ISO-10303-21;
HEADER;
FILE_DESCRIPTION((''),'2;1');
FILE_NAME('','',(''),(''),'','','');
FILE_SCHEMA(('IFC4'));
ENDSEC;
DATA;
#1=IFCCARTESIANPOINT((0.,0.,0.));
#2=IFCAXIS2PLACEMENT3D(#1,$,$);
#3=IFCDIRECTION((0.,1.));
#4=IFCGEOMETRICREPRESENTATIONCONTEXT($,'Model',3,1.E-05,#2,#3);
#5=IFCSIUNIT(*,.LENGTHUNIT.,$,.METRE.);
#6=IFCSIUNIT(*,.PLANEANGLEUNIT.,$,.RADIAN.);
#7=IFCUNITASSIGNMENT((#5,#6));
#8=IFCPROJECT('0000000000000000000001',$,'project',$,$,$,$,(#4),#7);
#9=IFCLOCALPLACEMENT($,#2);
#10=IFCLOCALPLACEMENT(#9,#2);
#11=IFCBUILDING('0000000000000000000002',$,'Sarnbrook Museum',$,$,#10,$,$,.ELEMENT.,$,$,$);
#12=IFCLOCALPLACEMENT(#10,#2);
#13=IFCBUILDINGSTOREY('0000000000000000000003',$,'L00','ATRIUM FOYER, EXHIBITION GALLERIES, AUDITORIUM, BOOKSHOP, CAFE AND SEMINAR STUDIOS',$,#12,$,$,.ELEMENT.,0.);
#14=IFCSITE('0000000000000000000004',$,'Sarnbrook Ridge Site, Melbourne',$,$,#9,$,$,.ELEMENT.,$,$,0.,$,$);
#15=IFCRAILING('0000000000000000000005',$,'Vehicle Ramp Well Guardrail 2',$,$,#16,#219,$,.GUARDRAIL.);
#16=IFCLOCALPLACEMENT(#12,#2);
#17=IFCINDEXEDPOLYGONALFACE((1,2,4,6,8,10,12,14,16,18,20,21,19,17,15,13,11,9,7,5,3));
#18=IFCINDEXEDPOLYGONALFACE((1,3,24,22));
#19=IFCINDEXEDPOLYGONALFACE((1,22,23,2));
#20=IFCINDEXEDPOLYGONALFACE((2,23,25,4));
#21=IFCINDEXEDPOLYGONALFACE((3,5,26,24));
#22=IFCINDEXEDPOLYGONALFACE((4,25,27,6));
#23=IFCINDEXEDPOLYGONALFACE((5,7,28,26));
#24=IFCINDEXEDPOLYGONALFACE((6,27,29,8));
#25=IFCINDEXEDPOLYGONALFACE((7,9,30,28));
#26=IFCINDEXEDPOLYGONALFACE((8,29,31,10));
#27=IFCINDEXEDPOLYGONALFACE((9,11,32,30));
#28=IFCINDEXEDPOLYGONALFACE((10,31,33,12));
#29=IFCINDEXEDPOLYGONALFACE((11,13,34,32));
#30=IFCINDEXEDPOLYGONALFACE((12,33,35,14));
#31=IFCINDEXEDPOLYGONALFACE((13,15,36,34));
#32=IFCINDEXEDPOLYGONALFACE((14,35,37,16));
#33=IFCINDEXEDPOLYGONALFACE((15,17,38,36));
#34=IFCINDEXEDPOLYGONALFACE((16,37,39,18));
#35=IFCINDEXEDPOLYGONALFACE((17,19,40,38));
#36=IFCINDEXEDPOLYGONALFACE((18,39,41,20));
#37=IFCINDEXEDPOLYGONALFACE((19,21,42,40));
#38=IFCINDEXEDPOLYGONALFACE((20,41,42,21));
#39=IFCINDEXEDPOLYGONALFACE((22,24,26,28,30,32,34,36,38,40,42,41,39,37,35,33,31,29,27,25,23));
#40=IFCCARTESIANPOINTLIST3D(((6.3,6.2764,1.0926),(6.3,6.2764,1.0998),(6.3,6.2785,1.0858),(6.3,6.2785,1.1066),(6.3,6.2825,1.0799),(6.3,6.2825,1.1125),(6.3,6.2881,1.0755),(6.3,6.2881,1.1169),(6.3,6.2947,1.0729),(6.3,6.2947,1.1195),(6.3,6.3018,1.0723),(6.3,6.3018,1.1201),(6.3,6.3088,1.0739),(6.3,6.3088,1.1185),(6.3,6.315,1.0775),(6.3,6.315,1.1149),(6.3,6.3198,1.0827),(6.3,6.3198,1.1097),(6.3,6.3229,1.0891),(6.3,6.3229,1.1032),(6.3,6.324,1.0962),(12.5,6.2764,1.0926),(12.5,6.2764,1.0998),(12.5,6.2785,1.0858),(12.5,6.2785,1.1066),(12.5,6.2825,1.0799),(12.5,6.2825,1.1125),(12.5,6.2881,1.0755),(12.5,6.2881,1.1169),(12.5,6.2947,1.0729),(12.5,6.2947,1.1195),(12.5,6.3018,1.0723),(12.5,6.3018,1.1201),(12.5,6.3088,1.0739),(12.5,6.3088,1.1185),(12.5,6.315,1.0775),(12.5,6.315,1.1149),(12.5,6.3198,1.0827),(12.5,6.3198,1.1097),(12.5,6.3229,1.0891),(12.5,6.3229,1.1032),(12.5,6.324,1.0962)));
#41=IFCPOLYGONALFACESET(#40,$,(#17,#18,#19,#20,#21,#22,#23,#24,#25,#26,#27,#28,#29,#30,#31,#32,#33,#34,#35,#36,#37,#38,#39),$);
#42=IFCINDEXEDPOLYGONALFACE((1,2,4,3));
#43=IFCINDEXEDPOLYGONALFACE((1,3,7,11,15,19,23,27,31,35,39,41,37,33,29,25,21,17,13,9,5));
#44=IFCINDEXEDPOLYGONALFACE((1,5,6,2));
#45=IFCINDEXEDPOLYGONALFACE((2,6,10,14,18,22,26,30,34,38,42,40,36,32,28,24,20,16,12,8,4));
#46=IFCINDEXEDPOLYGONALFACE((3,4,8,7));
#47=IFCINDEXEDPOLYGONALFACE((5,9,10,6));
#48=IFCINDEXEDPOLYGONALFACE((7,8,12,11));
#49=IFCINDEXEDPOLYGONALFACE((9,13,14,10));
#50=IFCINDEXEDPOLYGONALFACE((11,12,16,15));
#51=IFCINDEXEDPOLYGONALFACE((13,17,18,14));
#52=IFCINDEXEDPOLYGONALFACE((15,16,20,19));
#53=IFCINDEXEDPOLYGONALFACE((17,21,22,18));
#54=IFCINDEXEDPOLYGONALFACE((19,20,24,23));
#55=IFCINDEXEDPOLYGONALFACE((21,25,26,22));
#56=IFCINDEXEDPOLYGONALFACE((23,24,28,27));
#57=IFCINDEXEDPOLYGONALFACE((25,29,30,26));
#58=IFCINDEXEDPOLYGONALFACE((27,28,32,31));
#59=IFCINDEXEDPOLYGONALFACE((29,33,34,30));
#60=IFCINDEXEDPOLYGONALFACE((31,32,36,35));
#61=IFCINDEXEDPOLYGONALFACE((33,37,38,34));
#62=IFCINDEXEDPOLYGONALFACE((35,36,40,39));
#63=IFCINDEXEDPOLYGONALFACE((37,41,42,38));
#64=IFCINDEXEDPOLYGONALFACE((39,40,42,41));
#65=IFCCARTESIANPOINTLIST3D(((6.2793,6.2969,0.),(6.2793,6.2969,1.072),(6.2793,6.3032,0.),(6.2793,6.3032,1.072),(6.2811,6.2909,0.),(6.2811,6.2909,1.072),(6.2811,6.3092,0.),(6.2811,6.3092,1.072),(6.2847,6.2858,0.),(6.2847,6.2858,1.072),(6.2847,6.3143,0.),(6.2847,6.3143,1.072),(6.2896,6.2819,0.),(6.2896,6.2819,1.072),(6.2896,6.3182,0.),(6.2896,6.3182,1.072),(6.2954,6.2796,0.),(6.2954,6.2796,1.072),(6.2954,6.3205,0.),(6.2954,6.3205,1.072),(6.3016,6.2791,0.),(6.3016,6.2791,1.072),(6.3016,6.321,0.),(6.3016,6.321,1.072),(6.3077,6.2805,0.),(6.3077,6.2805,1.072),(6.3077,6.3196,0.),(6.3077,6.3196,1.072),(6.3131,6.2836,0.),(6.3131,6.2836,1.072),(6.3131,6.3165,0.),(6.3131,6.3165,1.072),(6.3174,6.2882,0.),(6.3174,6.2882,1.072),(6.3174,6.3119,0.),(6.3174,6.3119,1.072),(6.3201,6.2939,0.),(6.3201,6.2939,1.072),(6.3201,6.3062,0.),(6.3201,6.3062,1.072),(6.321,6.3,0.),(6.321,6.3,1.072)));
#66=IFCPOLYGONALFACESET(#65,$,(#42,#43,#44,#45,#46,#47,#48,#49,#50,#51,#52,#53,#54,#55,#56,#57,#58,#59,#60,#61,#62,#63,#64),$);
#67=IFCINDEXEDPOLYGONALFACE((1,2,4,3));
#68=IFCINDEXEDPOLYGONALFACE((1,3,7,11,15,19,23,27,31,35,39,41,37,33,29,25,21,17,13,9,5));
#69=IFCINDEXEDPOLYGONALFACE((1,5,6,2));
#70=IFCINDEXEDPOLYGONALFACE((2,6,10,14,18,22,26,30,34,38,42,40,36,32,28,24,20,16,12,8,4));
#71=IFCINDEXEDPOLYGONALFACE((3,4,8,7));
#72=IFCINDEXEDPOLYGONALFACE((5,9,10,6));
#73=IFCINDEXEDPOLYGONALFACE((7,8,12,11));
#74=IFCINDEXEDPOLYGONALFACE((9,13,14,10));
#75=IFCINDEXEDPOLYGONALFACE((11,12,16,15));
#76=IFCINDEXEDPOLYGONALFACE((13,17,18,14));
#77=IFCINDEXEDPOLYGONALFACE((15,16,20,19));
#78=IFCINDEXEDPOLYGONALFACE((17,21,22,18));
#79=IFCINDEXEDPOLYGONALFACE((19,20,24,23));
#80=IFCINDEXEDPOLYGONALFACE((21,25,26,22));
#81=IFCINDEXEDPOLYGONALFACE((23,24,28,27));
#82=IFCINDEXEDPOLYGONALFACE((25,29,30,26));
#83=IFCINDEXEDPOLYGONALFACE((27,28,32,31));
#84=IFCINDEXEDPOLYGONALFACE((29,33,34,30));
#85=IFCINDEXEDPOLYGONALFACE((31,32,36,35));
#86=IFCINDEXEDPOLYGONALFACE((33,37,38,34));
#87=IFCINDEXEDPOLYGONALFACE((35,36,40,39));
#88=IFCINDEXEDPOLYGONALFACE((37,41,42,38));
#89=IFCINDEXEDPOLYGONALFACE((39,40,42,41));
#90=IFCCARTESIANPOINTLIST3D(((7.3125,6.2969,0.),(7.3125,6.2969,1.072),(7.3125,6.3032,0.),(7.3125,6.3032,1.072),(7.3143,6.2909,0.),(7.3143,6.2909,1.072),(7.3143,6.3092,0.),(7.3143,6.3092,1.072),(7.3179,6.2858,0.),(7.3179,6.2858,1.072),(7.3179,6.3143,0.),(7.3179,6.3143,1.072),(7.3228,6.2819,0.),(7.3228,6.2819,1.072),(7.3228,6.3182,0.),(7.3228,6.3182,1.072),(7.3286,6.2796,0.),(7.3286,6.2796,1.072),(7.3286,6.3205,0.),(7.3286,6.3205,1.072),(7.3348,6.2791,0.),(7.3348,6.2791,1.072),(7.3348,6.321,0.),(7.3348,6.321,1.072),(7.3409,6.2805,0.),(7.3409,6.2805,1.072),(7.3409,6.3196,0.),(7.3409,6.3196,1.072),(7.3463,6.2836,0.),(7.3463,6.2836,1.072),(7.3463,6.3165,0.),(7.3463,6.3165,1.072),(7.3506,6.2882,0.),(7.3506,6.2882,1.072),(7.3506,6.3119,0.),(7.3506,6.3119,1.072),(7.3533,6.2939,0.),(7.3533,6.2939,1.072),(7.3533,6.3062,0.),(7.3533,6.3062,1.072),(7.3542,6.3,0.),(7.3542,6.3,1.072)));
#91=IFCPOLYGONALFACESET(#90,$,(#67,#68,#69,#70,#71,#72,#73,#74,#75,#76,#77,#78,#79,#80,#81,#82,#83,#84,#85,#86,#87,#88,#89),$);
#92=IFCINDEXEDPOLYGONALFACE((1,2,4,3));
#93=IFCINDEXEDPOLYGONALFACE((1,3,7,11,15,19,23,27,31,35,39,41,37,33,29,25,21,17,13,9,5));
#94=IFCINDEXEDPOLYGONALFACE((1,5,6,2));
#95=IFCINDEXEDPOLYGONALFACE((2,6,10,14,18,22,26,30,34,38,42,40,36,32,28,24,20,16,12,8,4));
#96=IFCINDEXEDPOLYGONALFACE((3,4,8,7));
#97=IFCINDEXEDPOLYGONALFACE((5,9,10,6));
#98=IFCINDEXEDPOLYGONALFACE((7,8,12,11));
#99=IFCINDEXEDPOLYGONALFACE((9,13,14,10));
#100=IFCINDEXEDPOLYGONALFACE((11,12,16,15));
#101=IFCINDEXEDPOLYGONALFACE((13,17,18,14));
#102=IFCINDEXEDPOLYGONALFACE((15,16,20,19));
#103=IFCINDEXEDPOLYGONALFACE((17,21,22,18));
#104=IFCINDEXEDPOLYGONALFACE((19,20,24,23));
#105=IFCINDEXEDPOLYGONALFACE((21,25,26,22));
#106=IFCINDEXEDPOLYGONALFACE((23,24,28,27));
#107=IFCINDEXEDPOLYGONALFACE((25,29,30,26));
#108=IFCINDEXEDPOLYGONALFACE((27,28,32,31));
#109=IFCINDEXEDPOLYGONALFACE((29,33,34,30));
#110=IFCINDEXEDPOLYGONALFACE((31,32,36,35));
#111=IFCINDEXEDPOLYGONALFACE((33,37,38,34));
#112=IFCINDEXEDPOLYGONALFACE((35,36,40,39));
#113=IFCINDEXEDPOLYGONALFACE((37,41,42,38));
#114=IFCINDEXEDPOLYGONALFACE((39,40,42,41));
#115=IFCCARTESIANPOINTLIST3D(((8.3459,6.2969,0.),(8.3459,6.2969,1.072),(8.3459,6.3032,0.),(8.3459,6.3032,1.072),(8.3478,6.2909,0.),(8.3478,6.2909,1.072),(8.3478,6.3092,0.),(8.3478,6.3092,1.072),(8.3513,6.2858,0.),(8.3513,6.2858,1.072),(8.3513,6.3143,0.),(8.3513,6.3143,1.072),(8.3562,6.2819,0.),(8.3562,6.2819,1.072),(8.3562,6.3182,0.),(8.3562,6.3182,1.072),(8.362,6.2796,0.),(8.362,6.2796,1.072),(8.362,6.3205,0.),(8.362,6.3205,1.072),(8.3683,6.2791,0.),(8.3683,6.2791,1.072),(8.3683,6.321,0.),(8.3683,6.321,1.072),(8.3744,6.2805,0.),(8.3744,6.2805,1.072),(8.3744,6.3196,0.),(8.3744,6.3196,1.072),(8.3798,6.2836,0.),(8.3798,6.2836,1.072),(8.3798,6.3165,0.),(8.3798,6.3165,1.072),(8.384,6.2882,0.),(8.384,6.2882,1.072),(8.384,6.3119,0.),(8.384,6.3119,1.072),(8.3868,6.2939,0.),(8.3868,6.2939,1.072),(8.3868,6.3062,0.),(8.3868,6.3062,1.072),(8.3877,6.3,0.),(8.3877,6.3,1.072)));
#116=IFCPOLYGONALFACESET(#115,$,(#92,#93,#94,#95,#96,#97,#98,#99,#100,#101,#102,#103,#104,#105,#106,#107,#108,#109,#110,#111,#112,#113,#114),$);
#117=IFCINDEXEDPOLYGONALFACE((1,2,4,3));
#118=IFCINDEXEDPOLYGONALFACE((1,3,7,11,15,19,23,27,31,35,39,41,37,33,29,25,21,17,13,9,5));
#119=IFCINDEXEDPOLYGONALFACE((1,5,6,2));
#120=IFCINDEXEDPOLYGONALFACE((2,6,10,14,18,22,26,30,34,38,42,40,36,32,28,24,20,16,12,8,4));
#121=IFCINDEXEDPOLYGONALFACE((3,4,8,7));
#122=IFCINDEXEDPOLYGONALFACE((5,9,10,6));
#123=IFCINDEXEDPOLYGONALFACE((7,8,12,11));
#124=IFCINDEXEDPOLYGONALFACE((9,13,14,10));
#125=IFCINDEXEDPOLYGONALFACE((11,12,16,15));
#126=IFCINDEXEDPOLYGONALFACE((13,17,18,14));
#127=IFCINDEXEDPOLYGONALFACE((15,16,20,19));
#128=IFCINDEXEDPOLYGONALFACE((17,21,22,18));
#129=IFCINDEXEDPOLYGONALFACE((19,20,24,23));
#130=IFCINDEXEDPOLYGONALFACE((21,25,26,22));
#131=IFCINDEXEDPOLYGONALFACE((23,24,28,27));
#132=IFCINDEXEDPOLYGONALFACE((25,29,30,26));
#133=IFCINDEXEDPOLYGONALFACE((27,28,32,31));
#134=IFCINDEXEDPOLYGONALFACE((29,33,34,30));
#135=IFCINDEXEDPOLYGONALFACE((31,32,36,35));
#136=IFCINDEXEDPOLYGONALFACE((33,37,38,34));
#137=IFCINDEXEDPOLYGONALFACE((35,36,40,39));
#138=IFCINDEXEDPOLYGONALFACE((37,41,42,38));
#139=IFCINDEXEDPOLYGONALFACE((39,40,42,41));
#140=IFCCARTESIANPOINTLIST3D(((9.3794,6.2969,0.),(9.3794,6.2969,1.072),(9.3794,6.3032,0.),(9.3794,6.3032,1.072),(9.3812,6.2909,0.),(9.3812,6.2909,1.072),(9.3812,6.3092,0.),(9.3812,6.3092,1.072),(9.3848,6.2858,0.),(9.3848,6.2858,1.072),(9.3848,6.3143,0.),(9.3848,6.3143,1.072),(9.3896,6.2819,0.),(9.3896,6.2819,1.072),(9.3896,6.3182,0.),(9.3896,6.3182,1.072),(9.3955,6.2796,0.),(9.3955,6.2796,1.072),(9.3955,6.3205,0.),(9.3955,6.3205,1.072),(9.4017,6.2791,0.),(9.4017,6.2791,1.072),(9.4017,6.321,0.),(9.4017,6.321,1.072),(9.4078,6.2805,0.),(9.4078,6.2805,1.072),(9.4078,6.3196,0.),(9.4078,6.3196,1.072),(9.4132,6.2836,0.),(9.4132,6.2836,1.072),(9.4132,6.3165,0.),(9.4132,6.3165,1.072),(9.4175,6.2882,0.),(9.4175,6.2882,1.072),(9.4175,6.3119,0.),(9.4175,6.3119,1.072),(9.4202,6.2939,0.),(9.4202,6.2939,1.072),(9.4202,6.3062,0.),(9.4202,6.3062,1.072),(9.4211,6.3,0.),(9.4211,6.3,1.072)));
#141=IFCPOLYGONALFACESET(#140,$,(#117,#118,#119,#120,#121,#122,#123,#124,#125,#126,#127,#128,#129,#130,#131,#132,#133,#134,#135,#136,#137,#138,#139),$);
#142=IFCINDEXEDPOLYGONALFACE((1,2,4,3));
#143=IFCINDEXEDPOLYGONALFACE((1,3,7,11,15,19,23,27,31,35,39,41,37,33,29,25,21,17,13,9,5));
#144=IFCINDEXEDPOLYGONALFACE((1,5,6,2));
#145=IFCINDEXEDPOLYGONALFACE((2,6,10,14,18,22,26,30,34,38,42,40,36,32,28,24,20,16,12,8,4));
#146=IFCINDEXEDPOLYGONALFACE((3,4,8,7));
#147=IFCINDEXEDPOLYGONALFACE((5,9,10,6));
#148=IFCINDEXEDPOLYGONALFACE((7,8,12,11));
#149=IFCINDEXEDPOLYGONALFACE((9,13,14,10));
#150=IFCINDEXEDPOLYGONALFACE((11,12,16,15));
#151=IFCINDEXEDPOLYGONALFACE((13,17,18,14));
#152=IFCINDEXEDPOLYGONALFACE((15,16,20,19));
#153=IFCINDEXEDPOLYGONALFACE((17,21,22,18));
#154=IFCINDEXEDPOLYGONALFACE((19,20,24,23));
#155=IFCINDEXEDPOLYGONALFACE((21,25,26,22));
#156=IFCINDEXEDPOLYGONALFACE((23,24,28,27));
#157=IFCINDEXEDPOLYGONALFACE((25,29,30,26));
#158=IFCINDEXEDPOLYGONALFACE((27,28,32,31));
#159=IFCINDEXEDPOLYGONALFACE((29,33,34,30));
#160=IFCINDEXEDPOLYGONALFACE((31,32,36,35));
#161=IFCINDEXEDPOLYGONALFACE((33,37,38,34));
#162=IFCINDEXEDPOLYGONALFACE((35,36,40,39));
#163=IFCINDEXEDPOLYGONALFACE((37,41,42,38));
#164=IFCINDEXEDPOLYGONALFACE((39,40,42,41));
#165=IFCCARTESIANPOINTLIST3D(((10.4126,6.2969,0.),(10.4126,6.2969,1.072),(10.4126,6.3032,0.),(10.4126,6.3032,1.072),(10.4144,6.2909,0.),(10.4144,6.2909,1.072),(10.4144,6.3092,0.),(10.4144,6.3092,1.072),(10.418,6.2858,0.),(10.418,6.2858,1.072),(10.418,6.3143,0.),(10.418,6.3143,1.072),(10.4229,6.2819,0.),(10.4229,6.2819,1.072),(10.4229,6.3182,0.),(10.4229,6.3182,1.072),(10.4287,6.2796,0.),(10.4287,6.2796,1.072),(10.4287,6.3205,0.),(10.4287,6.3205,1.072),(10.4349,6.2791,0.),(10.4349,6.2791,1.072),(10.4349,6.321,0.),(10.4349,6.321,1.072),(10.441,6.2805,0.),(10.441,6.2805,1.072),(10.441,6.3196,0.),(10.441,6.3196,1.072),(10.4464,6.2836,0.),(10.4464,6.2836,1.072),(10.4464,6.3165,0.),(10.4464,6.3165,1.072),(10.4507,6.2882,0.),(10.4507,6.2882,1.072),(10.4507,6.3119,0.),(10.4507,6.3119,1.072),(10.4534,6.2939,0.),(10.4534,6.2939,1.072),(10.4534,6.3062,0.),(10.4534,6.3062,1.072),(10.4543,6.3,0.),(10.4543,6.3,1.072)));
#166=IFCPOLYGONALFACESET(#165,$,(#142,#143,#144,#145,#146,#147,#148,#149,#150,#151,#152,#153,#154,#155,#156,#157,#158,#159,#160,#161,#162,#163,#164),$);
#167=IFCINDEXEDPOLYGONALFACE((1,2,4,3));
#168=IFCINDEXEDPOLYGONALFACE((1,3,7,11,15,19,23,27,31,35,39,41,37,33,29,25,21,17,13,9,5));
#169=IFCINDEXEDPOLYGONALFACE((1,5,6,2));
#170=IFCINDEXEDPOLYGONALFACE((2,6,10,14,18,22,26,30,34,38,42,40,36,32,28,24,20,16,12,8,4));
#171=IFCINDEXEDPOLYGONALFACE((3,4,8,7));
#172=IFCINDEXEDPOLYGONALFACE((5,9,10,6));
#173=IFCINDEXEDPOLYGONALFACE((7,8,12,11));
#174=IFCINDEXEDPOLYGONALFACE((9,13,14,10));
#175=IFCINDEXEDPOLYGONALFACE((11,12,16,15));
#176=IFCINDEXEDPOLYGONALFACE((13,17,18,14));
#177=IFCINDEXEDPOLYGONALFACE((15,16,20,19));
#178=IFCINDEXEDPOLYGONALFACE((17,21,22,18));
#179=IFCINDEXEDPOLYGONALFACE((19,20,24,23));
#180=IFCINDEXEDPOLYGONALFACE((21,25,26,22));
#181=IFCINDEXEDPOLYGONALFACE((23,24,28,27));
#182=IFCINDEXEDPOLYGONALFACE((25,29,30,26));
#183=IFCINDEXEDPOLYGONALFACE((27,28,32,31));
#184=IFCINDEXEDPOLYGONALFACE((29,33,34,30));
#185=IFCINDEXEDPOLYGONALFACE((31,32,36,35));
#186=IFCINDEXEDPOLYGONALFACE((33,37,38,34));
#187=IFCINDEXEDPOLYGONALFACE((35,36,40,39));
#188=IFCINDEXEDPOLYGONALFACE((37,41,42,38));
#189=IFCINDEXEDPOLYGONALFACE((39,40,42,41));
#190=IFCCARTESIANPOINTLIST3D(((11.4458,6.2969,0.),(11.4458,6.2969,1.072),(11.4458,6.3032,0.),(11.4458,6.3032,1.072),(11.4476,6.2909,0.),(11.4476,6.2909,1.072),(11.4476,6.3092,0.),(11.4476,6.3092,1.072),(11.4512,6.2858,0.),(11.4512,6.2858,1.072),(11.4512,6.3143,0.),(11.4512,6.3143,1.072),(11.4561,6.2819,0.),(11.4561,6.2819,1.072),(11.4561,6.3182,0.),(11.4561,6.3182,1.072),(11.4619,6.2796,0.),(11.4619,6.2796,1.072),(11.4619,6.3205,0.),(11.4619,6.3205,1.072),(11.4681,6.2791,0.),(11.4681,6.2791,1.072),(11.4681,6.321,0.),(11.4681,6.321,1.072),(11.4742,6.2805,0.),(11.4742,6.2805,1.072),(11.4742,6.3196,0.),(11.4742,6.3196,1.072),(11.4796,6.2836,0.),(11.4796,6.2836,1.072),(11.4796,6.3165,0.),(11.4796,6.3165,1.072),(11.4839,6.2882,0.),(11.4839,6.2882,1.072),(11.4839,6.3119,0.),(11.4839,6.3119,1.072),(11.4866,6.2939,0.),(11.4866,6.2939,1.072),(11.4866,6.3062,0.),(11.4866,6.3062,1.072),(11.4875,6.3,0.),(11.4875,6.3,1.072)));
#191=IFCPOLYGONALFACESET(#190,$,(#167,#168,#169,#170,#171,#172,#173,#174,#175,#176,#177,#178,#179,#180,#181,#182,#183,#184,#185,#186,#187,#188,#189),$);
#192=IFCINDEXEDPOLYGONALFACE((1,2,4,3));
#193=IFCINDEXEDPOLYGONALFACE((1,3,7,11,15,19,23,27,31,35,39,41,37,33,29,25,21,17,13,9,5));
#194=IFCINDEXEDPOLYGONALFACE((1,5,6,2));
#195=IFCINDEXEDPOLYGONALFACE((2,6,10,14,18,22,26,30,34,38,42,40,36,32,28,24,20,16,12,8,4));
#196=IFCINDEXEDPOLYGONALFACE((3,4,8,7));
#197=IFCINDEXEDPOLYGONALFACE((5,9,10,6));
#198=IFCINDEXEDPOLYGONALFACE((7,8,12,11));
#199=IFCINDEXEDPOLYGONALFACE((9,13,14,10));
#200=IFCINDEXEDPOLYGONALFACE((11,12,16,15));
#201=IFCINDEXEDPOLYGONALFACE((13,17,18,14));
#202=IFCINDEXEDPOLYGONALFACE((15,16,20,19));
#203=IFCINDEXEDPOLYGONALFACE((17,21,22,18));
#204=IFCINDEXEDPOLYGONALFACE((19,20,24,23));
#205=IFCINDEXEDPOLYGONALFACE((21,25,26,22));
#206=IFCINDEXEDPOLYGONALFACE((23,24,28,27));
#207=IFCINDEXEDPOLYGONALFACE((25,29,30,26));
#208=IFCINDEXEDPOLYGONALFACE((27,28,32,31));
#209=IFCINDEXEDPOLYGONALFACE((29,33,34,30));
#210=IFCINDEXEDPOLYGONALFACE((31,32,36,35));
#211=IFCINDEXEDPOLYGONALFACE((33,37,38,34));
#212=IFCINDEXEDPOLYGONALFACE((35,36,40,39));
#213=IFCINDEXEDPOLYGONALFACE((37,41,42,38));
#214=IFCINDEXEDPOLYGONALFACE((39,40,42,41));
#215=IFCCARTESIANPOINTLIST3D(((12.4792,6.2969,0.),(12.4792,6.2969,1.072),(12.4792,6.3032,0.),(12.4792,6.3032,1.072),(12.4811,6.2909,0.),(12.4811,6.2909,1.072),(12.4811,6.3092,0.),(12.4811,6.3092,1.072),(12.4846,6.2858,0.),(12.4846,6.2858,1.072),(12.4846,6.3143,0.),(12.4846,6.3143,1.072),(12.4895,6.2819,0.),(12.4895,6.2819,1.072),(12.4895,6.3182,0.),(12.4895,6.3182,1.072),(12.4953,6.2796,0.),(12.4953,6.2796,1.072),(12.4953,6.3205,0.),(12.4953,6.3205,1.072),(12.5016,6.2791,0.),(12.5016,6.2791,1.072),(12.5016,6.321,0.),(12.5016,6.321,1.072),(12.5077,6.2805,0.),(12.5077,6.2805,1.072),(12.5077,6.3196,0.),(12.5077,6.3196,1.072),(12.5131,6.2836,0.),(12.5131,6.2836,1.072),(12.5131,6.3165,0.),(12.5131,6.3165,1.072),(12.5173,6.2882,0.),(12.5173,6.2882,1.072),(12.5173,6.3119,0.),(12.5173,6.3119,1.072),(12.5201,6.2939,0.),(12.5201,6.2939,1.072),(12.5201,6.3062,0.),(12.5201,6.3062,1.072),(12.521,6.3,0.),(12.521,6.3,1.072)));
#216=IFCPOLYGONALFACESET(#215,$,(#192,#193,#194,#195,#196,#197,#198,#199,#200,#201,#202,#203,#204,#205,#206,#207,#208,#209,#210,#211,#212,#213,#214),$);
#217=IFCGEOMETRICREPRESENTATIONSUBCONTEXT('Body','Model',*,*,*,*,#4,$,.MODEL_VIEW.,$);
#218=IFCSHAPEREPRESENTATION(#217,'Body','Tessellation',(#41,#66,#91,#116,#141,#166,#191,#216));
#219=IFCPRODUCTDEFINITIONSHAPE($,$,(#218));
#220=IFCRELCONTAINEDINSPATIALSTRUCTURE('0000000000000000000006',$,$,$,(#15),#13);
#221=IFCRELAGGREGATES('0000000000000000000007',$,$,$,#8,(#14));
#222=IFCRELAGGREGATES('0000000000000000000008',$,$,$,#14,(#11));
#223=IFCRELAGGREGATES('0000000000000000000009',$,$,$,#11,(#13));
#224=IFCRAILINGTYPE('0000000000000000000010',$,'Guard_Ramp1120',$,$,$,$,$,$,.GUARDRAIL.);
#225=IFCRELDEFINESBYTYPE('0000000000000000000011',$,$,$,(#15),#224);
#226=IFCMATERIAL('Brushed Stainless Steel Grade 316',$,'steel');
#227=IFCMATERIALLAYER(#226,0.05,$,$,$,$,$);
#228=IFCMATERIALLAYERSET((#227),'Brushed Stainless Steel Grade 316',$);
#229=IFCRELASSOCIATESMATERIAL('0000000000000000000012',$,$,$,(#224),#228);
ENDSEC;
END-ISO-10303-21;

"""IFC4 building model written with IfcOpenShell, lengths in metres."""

from ifc_helpers import new_model, si_unit, direction, frame, origin, origin_2d, place, context, subcontext, project, spatial, circle, extrude, material, layer, layer_set, type_object, element, save


model = new_model("IFC4")

# Units and contexts
model_context = context("Model", 3, precision=1e-05, world=origin(), true_north=direction((0.0, 1.0)))
body_context = subcontext(model_context, "Body", "Model", "MODEL_VIEW")
ifc_project = project(units=[si_unit("LENGTHUNIT", "METRE"), si_unit("PLANEANGLEUNIT", "RADIAN")], contexts=[model_context])

# Site, building, storey
site_placement = place(None, origin())
site = spatial("IfcSite", under=ifc_project, at=site_placement, Name="Sarnbrook Ridge Site, Melbourne", CompositionType="ELEMENT", RefElevation=0.0)
building_placement = place(site_placement, origin())
building = spatial("IfcBuilding", under=site, at=building_placement, Name="Sarnbrook Museum", CompositionType="ELEMENT")
storey_placement = place(building_placement, origin())
storey = spatial("IfcBuildingStorey", under=building, at=storey_placement, Name="L00", Description="ATRIUM FOYER, EXHIBITION GALLERIES, AUDITORIUM, BOOKSHOP, CAFE AND SEMINAR STUDIOS", CompositionType="ELEMENT", Elevation=0.0)

# Railing
ifc_material_1 = material(Name="Brushed Stainless Steel Grade 316", Category="steel")
ifc_layer_1 = layer(ifc_material_1, 0.05)
ifc_layer_set_1 = layer_set([ifc_layer_1], Name="Brushed Stainless Steel Grade 316")
railing_type = type_object("IfcRailingType", Name="Guard_Ramp1120", PredefinedType="GUARDRAIL", material=ifc_layer_set_1)
railing_1_placement = place(storey_placement, frame((6.3, 6.3, 0.0)))
element("IfcRailing", 1, at=railing_1_placement, inside=storey, type_object=railing_type, Name="Vehicle Ramp Well Guardrail 2", PredefinedType="GUARDRAIL", context=body_context, shape_type="SweptSolid", body=[
    extrude(circle(Radius=0.0239, at=origin_2d()), frame((0.0, 0.0, 1.0962), z_axis=(1.0, 0.0, 0.0), x_axis=(0.0, 1.0, 0.0)), (0.0, 0.0, 1.0), 6.2),
    extrude(circle(Radius=0.021, at=origin_2d()), origin(), (0.0, 0.0, 1.0), 1.072),
    extrude(circle(Radius=0.021, at=origin_2d()), frame((1.0332, 0.0, 0.0)), (0.0, 0.0, 1.0), 1.072),
    extrude(circle(Radius=0.021, at=origin_2d()), frame((2.0667, 0.0, 0.0)), (0.0, 0.0, 1.0), 1.072),
    extrude(circle(Radius=0.021, at=origin_2d()), frame((3.1001, 0.0, 0.0)), (0.0, 0.0, 1.0), 1.072),
    extrude(circle(Radius=0.021, at=origin_2d()), frame((4.1333, 0.0, 0.0)), (0.0, 0.0, 1.0), 1.072),
    extrude(circle(Radius=0.021, at=origin_2d()), frame((5.1665, 0.0, 0.0)), (0.0, 0.0, 1.0), 1.072),
    extrude(circle(Radius=0.021, at=origin_2d()), frame((6.2, 0.0, 0.0)), (0.0, 0.0, 1.0), 1.072),
])

save(model, "model.ifc")
